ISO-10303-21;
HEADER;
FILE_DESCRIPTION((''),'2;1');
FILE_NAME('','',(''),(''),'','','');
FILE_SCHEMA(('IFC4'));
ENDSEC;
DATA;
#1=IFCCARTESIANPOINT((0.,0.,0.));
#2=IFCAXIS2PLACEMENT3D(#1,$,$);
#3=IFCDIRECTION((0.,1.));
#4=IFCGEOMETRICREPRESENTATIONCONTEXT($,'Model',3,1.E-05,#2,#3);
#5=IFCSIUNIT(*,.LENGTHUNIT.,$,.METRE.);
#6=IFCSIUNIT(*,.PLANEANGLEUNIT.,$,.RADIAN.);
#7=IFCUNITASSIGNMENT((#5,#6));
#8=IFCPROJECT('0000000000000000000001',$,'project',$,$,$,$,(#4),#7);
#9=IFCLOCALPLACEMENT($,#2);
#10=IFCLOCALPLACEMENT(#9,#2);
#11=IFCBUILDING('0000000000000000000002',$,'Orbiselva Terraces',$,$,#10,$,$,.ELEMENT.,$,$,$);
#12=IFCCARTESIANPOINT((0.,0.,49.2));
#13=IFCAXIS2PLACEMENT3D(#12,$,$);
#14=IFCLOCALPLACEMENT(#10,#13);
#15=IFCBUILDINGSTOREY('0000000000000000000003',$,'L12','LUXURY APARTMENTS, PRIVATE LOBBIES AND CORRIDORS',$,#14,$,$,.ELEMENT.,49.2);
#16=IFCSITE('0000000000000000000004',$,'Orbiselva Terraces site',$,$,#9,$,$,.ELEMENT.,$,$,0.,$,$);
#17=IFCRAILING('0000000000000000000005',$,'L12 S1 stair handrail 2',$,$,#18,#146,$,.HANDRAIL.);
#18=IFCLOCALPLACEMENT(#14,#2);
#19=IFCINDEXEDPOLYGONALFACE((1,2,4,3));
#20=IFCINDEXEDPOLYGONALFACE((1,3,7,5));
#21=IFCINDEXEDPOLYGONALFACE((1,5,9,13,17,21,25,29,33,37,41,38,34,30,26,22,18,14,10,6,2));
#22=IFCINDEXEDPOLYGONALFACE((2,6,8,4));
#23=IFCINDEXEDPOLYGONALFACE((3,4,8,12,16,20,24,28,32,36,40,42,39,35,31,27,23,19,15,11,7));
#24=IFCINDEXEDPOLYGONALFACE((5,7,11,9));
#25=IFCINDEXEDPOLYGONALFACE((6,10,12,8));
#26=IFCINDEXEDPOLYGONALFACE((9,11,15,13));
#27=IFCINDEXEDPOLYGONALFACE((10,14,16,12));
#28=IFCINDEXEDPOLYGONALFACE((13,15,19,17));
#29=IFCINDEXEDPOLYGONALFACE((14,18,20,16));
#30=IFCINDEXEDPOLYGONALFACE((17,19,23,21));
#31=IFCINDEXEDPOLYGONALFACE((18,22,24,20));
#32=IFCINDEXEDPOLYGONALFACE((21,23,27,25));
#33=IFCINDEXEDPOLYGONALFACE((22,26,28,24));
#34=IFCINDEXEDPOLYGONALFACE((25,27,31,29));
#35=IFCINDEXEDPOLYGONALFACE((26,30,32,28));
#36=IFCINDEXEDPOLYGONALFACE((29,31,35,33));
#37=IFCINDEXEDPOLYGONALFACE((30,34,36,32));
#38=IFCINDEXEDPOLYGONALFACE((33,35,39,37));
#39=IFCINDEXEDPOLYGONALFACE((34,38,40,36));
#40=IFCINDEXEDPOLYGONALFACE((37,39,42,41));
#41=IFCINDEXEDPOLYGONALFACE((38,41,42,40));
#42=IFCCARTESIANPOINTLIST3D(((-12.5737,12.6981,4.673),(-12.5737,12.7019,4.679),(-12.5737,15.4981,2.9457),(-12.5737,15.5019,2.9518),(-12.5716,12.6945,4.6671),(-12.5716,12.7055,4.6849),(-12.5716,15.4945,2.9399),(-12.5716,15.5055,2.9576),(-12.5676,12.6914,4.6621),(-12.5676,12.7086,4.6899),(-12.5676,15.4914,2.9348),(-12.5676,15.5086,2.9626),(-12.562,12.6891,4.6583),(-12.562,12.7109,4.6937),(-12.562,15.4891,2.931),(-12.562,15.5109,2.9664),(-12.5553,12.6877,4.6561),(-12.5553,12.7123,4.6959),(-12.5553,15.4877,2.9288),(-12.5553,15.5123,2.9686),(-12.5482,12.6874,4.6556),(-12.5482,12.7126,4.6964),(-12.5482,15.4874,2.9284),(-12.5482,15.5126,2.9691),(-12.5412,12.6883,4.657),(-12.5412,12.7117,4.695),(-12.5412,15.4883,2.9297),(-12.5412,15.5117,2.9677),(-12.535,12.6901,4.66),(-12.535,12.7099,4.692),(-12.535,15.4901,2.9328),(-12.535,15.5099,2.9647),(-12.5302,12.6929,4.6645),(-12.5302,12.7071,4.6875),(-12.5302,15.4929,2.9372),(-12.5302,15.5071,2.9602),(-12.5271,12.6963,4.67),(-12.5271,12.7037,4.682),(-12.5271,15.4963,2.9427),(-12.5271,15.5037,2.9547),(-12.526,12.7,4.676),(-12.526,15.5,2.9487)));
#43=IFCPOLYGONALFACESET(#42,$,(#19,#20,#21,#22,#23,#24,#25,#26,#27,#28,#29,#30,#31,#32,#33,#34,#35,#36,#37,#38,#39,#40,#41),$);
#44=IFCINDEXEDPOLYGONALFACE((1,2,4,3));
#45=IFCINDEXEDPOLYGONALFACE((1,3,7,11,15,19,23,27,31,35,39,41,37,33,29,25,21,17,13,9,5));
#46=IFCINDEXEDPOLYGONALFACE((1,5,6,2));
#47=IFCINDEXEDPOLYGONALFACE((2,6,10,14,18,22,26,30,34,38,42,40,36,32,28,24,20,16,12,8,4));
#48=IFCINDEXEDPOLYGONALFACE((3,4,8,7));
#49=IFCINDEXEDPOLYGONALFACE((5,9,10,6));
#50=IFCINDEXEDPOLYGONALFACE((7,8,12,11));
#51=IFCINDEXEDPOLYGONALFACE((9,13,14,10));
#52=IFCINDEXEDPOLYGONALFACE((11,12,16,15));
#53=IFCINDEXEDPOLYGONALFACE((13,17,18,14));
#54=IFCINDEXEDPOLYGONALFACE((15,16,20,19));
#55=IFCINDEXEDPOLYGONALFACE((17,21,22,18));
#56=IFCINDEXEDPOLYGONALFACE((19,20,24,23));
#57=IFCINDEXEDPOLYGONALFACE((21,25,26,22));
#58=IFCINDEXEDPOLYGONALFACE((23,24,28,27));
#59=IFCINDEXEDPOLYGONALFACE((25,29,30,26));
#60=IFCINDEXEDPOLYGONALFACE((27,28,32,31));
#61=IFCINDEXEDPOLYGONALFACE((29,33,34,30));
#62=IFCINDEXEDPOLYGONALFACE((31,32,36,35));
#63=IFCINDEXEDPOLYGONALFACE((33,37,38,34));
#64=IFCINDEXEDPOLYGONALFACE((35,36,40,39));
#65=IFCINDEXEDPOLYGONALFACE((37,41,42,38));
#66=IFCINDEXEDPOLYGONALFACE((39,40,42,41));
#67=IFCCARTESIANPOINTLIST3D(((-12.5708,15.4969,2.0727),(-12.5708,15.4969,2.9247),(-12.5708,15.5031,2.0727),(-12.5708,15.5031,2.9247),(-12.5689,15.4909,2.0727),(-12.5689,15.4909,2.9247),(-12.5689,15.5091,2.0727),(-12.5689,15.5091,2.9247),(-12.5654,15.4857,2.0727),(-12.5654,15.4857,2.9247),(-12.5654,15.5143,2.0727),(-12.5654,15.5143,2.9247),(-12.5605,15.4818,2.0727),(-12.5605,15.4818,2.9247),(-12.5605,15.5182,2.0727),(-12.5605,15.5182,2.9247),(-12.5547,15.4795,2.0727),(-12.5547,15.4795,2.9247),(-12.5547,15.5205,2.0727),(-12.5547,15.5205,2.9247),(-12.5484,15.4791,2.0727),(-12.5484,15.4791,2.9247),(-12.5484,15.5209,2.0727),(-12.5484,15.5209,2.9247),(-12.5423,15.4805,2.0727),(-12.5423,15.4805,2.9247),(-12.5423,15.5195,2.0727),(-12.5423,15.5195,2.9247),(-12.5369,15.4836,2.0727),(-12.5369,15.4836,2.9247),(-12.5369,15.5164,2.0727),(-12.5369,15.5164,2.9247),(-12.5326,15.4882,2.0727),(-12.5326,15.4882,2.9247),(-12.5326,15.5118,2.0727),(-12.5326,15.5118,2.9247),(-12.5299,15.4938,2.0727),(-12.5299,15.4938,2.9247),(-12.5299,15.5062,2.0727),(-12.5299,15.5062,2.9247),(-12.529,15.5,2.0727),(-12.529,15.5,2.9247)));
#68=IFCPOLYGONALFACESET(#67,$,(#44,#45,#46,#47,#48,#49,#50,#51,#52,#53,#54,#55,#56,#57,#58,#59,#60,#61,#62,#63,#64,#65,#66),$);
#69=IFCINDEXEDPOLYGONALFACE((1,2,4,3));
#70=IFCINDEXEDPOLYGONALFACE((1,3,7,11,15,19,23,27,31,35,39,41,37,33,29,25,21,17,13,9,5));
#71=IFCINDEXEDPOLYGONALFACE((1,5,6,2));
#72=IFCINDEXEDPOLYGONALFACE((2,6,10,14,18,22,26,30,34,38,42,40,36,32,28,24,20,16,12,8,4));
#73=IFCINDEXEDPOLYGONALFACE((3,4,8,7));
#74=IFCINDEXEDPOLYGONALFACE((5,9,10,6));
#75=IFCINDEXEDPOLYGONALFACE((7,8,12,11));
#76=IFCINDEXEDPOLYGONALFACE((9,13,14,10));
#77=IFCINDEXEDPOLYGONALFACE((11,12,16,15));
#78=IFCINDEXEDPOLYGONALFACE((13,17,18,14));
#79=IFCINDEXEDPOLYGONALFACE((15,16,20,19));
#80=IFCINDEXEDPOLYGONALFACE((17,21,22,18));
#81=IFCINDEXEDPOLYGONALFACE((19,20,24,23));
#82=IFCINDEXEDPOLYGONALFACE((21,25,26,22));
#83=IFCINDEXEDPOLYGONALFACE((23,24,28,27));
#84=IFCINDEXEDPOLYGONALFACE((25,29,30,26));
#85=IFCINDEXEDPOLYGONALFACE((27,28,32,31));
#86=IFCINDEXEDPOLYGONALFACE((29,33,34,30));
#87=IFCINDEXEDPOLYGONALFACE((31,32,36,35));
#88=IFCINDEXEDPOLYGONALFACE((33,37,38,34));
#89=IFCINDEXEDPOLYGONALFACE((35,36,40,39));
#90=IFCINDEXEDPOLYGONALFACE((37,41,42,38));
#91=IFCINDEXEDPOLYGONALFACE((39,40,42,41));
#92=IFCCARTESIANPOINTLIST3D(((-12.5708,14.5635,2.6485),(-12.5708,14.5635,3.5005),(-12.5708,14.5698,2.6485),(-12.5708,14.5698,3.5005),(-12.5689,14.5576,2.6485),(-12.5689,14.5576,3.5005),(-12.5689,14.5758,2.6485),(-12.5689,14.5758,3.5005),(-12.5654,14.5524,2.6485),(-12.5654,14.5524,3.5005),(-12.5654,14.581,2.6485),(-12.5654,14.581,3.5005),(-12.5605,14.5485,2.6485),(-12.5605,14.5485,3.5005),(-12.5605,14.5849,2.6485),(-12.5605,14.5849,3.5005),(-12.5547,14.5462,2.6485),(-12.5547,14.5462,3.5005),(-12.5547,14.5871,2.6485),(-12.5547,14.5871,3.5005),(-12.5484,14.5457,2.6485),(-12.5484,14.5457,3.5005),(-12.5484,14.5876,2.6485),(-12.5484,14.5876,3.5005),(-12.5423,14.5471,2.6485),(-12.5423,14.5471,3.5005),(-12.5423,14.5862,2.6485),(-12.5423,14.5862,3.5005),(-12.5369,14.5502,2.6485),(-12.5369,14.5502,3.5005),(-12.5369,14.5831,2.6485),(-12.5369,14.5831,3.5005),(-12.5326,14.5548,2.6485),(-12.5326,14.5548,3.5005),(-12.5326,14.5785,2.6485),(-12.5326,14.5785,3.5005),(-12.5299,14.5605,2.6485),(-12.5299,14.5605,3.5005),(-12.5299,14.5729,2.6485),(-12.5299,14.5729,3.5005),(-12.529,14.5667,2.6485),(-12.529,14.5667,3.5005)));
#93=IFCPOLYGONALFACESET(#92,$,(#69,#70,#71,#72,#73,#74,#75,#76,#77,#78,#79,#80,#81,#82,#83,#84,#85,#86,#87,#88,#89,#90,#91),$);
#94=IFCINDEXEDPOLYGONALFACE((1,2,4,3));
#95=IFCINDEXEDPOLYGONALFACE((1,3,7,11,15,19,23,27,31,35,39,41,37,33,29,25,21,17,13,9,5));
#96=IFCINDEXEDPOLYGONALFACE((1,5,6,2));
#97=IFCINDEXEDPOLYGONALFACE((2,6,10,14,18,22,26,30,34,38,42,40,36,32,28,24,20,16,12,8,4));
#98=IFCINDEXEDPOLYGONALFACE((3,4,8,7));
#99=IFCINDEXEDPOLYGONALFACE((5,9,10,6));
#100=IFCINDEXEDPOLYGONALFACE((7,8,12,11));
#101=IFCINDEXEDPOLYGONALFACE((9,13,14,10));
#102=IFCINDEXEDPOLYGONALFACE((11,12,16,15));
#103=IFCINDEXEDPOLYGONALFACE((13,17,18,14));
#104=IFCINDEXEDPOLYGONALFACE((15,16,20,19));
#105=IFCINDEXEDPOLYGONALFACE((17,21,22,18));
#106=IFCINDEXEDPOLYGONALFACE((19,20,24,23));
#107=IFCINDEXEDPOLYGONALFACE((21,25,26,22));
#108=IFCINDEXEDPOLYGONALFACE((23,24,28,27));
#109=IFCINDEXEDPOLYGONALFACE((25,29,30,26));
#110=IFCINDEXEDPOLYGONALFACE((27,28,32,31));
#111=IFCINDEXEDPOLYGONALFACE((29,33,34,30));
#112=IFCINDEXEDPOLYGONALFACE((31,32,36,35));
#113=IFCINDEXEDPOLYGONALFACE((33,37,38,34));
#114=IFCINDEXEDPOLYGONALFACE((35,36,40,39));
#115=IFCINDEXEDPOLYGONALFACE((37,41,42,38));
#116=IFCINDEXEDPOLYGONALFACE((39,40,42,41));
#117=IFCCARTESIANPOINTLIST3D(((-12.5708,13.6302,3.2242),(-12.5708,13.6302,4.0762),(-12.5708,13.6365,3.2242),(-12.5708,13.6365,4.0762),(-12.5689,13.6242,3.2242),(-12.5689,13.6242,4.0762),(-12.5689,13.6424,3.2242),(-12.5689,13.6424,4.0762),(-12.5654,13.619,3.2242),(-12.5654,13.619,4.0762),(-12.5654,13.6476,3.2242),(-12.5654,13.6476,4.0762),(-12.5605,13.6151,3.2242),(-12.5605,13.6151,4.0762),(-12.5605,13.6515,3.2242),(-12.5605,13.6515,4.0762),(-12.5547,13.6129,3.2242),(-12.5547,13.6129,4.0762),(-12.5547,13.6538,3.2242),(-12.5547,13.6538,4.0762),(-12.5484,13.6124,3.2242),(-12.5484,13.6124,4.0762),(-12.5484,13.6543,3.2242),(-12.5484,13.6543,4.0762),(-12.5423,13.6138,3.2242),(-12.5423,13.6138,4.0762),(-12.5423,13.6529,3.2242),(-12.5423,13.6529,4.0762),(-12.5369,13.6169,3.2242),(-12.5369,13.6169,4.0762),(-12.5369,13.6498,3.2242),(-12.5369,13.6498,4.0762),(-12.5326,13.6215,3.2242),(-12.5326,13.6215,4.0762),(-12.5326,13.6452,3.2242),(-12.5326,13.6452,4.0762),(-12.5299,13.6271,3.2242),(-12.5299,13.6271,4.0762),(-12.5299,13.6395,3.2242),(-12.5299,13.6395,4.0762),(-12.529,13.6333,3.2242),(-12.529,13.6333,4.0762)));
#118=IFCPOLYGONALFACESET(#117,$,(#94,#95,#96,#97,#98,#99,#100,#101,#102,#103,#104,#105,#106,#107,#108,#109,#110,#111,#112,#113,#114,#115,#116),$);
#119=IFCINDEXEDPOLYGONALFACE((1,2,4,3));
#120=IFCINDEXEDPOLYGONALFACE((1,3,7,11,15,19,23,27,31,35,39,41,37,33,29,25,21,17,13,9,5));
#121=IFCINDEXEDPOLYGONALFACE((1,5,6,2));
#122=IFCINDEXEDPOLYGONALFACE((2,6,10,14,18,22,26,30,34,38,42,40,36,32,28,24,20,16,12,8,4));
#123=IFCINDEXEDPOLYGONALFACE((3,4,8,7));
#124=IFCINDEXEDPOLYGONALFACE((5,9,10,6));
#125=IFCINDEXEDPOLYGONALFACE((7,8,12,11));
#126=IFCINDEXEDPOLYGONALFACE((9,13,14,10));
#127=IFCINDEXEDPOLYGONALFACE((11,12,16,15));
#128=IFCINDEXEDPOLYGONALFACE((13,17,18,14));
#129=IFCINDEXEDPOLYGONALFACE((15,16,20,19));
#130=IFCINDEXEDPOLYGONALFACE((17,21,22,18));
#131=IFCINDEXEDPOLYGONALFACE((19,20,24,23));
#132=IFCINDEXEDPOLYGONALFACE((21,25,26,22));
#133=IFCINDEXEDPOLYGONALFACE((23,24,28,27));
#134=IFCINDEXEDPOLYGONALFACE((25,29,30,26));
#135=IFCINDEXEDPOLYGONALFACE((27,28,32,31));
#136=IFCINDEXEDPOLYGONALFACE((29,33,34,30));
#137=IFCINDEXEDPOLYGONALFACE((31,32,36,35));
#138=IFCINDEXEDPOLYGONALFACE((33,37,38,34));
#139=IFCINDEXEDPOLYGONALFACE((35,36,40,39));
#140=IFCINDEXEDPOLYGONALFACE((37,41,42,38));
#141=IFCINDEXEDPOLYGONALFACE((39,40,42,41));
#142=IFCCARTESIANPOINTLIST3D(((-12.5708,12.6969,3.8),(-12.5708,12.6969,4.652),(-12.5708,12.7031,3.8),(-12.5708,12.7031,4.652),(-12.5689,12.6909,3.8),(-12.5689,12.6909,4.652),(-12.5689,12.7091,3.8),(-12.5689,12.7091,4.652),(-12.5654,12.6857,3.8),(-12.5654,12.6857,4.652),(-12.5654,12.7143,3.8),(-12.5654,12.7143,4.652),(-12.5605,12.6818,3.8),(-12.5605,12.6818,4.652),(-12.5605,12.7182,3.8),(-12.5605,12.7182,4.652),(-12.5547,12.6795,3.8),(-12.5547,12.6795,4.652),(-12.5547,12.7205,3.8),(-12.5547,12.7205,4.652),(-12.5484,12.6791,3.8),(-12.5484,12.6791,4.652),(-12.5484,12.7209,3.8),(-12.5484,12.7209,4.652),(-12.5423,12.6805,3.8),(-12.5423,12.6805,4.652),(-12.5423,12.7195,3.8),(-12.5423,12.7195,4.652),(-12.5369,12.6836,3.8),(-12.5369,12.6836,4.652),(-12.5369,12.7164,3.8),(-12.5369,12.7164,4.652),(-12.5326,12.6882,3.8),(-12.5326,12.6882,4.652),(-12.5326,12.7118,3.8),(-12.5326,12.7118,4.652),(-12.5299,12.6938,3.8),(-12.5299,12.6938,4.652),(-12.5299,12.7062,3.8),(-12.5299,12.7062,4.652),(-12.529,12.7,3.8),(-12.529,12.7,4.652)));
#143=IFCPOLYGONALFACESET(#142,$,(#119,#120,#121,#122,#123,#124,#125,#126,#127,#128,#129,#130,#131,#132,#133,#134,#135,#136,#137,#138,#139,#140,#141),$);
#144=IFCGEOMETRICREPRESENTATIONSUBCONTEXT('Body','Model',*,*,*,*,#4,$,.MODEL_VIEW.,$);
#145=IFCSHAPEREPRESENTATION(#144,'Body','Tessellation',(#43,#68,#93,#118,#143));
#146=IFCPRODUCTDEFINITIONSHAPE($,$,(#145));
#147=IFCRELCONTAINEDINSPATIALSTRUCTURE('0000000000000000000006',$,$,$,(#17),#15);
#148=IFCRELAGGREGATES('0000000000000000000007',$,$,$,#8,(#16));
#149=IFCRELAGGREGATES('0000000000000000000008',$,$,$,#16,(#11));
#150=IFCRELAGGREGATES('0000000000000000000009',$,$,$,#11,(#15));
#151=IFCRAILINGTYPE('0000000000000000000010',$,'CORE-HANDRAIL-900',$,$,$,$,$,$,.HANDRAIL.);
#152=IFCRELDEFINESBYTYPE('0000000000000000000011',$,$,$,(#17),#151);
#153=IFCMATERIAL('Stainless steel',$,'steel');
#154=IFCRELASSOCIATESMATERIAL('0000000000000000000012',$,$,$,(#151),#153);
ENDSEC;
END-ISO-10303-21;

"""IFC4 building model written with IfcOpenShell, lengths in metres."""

from ifc_helpers import new_model, si_unit, direction, frame, origin, origin_2d, place, context, subcontext, project, spatial, circle, extrude, material, type_object, element, save


model = new_model("IFC4")

# Units and contexts
model_context = context("Model", 3, precision=1e-05, world=origin(), true_north=direction((0.0, 1.0)))
body_context = subcontext(model_context, "Body", "Model", "MODEL_VIEW")
ifc_project = project(units=[si_unit("LENGTHUNIT", "METRE"), si_unit("PLANEANGLEUNIT", "RADIAN")], contexts=[model_context])

# Site, building, storey
site_placement = place(None, origin())
site = spatial("IfcSite", under=ifc_project, at=site_placement, Name="Orbiselva Terraces site", CompositionType="ELEMENT", RefElevation=0.0)
building_placement = place(site_placement, origin())
building = spatial("IfcBuilding", under=site, at=building_placement, Name="Orbiselva Terraces", CompositionType="ELEMENT")
storey_placement = place(building_placement, frame((0.0, 0.0, 49.2)))
storey = spatial("IfcBuildingStorey", under=building, at=storey_placement, Name="L12", Description="LUXURY APARTMENTS, PRIVATE LOBBIES AND CORRIDORS", CompositionType="ELEMENT", Elevation=49.2)

# Railing
ifc_material_1 = material(Name="Stainless steel", Category="steel")
railing_type = type_object("IfcRailingType", Name="CORE-HANDRAIL-900", PredefinedType="HANDRAIL", material=ifc_material_1)
railing_placement = place(storey_placement, frame((-12.55, 15.5, 2.0727)))
element("IfcRailing", 1, at=railing_placement, inside=storey, type_object=railing_type, Name="L12 S1 stair handrail 2", PredefinedType="HANDRAIL", context=body_context, shape_type="SweptSolid", body=[
    extrude(circle(Radius=0.024, at=origin_2d()), frame((0.0, 0.0, 0.876), z_axis=(0.0, -0.851089, 0.525022), x_axis=(1.0, 0.0, 0.0)), (0.0, 0.0, 1.0), 3.2899),
    extrude(circle(Radius=0.021, at=origin_2d()), origin(), (0.0, 0.0, 1.0), 0.852),
    extrude(circle(Radius=0.021, at=origin_2d()), frame((0.0, -0.9333, 0.5758)), (0.0, 0.0, 1.0), 0.852),
    extrude(circle(Radius=0.021, at=origin_2d()), frame((0.0, -1.8667, 1.1515)), (0.0, 0.0, 1.0), 0.852),
    extrude(circle(Radius=0.021, at=origin_2d()), frame((0.0, -2.8, 1.7273)), (0.0, 0.0, 1.0), 0.852),
])

save(model, "model.ifc")
